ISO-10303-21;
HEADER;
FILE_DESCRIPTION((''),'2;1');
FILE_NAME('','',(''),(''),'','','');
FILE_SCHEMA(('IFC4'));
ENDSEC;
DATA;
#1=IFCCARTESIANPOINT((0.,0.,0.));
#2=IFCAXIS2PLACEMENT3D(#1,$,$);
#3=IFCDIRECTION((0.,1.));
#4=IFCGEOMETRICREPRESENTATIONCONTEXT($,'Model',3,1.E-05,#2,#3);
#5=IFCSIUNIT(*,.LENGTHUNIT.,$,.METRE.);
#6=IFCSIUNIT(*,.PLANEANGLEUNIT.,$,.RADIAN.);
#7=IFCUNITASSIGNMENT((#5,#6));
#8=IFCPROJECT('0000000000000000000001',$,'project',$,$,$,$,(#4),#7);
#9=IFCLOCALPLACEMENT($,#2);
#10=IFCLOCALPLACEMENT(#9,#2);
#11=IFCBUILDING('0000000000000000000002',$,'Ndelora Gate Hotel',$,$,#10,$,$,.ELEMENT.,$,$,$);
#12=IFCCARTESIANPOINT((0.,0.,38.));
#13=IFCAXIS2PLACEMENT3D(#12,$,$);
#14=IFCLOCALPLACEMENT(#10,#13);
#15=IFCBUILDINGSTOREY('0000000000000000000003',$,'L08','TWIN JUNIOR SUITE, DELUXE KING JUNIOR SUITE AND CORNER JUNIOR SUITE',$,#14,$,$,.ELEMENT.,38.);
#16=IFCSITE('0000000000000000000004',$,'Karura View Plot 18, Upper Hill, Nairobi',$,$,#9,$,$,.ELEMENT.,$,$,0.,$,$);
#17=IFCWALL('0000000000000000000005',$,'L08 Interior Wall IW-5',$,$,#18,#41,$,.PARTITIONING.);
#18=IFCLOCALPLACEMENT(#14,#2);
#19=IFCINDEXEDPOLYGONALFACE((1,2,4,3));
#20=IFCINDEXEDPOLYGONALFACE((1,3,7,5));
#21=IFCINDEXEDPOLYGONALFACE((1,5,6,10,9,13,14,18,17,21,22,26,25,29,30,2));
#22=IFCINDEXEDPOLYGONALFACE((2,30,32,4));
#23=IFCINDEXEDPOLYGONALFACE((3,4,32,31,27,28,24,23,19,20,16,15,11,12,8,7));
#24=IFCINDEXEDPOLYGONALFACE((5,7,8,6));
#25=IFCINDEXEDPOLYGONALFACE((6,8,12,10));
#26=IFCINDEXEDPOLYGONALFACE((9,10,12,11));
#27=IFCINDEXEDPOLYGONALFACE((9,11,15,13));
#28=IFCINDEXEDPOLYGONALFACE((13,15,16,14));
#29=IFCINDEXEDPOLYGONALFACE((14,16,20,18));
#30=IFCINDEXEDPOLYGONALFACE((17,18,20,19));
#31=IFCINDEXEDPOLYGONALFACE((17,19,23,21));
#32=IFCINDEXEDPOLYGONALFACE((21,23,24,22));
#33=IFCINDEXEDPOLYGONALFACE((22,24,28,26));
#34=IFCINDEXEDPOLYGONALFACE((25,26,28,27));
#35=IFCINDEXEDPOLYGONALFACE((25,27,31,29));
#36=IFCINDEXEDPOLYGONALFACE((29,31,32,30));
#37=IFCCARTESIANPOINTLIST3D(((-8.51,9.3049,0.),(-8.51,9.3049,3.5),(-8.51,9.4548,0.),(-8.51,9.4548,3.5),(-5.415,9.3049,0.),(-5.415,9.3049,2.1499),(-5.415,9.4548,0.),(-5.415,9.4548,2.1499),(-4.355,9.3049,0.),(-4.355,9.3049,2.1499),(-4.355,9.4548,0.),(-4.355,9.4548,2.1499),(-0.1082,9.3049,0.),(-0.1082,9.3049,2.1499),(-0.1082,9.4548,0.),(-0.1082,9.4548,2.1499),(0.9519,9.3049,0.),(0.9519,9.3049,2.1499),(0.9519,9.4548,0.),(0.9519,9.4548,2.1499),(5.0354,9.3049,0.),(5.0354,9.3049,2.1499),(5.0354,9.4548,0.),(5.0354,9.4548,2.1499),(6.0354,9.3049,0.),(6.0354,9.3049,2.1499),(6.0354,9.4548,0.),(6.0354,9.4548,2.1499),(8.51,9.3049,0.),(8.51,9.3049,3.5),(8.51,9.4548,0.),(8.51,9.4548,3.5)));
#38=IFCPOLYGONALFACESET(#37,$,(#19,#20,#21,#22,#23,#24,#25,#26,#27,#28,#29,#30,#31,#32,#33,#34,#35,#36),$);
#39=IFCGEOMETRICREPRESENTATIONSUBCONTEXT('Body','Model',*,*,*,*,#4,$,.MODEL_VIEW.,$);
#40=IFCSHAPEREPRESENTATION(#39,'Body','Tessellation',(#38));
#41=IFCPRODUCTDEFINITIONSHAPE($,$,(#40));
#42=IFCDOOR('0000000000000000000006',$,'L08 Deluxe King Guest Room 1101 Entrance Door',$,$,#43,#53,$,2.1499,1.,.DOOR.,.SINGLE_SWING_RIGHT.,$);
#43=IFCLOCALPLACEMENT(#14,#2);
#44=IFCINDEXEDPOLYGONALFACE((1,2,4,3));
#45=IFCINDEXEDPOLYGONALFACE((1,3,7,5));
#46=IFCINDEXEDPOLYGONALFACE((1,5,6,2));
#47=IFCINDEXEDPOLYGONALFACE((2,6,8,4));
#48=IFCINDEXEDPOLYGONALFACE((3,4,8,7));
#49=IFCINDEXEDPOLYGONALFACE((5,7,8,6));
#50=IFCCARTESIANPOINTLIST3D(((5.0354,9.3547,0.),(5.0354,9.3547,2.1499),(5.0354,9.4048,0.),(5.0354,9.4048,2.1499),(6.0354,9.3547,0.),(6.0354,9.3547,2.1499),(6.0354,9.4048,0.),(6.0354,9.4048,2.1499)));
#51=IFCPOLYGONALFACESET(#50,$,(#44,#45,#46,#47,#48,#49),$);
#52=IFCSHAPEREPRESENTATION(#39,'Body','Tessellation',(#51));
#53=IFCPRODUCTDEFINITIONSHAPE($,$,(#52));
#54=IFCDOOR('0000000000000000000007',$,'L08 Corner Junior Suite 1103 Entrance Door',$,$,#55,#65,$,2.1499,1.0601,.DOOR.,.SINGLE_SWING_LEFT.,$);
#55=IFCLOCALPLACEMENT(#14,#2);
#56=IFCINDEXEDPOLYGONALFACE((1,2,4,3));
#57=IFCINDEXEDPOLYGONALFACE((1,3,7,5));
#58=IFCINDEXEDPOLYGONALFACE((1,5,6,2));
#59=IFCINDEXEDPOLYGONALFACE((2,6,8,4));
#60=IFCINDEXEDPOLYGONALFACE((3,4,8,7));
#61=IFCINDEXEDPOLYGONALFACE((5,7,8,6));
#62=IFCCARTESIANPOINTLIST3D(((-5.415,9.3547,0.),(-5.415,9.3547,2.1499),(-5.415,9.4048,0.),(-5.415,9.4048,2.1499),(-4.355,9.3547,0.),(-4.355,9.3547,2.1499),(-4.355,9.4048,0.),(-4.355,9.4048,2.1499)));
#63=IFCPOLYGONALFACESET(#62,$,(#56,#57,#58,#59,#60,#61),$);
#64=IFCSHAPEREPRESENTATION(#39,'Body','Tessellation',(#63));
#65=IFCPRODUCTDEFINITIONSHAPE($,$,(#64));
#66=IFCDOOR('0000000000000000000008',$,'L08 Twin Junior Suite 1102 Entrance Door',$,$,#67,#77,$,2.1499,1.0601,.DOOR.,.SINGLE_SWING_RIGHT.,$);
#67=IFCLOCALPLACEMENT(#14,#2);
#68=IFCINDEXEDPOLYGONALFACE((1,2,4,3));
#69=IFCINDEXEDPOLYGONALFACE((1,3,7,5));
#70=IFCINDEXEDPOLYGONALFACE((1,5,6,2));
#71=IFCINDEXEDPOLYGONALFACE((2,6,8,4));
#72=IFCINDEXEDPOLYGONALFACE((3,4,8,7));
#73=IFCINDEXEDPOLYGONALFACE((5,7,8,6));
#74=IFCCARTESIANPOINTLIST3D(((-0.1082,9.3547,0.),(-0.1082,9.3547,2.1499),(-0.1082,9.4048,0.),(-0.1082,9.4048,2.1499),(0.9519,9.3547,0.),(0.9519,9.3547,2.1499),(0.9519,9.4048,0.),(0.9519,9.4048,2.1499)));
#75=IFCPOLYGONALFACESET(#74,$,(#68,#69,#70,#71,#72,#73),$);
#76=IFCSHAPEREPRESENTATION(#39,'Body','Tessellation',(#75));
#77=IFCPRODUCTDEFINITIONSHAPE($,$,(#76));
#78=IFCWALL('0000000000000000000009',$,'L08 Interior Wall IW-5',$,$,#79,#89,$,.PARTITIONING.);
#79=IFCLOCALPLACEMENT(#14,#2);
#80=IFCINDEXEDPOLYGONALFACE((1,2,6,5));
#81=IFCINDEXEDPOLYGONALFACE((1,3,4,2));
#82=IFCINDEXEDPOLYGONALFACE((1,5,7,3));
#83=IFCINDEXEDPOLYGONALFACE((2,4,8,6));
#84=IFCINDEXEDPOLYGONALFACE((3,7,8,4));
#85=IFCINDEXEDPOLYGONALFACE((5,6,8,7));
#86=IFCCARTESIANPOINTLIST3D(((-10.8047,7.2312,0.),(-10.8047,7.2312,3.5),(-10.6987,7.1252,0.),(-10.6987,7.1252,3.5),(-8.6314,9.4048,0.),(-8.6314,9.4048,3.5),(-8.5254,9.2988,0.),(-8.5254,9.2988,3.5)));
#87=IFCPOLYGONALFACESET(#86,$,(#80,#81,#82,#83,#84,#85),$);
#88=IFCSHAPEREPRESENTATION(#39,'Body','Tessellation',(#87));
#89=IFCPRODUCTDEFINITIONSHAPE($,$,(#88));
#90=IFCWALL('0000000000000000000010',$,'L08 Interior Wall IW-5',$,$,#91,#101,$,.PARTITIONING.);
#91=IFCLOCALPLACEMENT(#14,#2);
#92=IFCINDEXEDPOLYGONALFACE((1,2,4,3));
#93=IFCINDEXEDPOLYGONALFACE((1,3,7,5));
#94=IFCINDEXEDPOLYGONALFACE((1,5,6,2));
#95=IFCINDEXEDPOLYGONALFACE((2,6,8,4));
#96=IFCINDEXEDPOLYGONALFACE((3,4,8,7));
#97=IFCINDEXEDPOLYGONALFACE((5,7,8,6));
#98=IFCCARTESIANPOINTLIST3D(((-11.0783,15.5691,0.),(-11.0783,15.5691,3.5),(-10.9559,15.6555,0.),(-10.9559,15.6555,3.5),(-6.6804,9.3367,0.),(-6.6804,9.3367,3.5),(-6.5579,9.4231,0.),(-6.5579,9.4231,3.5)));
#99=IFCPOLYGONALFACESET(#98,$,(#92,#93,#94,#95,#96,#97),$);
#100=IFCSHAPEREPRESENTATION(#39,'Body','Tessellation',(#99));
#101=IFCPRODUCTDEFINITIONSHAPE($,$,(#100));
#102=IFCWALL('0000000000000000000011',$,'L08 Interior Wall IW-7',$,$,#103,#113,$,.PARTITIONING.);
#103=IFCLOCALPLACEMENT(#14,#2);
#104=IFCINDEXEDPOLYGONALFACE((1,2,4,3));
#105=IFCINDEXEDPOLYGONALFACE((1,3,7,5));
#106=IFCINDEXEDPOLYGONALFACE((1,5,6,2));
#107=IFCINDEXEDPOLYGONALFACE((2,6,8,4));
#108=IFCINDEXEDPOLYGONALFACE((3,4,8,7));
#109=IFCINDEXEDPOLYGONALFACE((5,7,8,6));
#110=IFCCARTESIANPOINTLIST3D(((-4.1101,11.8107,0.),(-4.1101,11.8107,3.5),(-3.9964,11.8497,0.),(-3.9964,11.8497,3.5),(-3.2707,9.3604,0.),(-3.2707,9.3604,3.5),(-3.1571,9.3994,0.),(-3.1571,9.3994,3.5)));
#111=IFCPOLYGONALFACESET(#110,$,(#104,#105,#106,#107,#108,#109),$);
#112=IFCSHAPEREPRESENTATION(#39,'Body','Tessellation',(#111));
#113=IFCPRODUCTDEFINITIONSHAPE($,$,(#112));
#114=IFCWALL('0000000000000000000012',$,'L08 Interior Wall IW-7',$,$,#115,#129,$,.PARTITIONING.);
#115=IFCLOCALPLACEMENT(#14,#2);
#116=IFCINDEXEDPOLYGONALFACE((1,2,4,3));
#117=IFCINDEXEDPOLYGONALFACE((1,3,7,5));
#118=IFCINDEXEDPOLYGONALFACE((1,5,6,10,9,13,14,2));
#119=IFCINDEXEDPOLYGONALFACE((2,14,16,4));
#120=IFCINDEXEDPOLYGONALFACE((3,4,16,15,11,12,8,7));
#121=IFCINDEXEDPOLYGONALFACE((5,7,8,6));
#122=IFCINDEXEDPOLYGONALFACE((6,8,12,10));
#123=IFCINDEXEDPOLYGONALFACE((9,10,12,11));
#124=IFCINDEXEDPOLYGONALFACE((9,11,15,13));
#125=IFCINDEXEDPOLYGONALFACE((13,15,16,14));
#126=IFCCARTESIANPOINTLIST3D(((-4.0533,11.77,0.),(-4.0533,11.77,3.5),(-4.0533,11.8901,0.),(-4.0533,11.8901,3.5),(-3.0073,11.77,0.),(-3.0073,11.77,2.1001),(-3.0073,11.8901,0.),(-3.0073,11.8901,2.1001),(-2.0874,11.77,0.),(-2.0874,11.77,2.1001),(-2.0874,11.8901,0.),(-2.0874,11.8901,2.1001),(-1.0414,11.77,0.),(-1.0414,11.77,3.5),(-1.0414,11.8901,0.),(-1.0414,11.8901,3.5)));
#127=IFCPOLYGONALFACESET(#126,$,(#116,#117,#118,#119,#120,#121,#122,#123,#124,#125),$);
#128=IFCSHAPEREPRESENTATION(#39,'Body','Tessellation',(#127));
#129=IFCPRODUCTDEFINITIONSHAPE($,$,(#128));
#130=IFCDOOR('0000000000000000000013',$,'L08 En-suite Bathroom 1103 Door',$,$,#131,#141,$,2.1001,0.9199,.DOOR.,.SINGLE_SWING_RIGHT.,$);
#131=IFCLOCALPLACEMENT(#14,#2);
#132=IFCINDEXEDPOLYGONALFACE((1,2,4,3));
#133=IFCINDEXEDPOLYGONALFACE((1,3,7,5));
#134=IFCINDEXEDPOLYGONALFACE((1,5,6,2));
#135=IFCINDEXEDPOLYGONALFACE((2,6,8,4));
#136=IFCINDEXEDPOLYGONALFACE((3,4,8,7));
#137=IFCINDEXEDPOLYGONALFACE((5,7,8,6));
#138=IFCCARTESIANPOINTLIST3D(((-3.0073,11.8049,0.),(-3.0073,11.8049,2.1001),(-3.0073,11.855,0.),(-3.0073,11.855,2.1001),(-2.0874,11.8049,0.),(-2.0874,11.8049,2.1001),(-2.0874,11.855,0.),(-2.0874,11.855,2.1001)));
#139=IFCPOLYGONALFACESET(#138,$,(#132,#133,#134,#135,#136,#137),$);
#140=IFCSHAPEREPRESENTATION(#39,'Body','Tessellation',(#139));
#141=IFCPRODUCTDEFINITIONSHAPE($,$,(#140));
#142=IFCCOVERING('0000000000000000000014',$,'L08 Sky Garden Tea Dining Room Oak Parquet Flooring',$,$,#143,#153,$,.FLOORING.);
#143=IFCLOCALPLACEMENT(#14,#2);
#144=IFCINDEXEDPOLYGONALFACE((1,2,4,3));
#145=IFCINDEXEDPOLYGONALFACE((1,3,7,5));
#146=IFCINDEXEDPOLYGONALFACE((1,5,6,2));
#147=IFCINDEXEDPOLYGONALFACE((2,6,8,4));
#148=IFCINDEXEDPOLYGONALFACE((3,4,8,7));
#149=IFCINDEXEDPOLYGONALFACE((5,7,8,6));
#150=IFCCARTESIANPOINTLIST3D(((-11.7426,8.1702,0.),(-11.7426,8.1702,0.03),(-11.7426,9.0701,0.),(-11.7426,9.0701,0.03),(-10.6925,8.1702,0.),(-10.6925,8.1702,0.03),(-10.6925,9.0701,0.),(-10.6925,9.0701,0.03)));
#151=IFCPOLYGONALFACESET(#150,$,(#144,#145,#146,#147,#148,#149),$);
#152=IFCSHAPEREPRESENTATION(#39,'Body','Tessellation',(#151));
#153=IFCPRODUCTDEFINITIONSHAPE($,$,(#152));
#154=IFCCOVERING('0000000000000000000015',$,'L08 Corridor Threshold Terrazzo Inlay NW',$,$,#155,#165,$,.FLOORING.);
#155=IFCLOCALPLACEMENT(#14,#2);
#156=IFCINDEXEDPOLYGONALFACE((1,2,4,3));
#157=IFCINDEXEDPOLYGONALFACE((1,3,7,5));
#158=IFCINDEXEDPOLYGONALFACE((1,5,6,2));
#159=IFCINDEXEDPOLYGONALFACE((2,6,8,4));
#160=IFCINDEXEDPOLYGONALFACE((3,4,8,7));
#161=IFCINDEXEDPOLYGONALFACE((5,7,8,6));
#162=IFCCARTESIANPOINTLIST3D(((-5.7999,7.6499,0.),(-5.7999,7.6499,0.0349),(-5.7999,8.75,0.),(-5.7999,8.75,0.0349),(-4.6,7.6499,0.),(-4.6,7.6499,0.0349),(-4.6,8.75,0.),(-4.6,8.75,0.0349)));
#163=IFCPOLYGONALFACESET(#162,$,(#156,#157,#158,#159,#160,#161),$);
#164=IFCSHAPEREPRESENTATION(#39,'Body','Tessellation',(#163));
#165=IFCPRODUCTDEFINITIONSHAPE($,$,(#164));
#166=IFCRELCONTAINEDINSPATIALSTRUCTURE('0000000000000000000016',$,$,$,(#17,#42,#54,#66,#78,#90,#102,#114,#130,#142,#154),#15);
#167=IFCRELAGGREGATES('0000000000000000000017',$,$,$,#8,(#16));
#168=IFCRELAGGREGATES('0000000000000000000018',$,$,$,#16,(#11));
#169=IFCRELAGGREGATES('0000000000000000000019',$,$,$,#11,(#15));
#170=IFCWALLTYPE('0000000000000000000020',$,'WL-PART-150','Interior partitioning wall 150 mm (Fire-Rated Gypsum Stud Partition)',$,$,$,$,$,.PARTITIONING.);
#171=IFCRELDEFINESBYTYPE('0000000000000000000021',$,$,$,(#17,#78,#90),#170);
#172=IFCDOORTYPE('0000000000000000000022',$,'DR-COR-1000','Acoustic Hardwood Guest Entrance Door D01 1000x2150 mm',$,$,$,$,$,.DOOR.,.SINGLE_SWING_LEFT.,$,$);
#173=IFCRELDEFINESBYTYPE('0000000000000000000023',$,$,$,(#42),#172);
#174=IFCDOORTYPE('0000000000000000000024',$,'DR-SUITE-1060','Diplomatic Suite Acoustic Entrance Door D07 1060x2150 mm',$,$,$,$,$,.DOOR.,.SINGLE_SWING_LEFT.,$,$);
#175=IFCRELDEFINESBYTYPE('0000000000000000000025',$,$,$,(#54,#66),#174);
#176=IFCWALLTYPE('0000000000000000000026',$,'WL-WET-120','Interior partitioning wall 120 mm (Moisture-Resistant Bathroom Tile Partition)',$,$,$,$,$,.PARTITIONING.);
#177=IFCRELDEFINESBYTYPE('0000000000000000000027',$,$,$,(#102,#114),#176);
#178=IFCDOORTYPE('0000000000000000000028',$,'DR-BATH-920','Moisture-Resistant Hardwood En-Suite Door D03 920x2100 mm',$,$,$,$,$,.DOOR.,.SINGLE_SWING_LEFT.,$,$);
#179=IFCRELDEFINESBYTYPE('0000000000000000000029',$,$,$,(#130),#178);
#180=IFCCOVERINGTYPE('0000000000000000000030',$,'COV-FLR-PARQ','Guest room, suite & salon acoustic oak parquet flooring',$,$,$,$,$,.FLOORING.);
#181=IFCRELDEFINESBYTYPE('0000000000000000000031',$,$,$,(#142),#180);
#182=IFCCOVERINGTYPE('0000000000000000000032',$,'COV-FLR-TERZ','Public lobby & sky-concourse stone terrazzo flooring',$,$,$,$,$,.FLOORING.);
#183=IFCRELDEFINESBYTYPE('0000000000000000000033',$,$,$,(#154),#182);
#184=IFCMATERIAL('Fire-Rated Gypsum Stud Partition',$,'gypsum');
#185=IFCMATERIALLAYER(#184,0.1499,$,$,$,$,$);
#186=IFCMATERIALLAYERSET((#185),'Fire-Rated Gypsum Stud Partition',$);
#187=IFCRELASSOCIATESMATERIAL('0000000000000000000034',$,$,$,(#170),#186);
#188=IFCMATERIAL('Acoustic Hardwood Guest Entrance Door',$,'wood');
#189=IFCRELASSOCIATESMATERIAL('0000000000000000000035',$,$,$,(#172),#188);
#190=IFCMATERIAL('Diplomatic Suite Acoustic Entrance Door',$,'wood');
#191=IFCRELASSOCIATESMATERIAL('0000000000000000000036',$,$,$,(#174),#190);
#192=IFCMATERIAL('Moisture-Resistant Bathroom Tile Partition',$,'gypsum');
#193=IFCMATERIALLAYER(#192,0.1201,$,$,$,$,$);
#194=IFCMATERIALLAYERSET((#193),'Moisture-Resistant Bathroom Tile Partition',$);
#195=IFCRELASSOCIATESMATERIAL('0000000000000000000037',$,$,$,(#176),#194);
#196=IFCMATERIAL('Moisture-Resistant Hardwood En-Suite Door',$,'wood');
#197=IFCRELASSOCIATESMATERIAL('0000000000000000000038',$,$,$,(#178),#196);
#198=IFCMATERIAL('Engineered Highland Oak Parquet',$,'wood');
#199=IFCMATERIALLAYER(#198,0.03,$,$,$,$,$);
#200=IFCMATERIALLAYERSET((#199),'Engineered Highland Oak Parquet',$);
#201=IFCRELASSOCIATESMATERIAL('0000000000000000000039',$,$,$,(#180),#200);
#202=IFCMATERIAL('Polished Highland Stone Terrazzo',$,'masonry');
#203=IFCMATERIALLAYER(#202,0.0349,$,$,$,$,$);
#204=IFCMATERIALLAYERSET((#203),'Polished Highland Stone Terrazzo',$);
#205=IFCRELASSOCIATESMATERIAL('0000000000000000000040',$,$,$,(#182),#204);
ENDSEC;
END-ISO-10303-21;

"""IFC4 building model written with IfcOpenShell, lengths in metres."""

from ifc_helpers import new_model, si_unit, direction, frame, frame_2d, origin, origin_2d, place, context, subcontext, project, spatial, rectangle, extrude, material, layer, layer_set, type_object, element, fill, save


model = new_model("IFC4")

# Units and contexts
model_context = context("Model", 3, precision=1e-05, world=origin(), true_north=direction((0.0, 1.0)))
body_context = subcontext(model_context, "Body", "Model", "MODEL_VIEW")
ifc_project = project(units=[si_unit("LENGTHUNIT", "METRE"), si_unit("PLANEANGLEUNIT", "RADIAN")], contexts=[model_context])

# Site, building, storey
site_placement = place(None, origin())
site = spatial("IfcSite", under=ifc_project, at=site_placement, Name="Karura View Plot 18, Upper Hill, Nairobi", CompositionType="ELEMENT", RefElevation=0.0)
building_placement = place(site_placement, origin())
building = spatial("IfcBuilding", under=site, at=building_placement, Name="Ndelora Gate Hotel", CompositionType="ELEMENT")
storey_placement = place(building_placement, frame((0.0, 0.0, 38.0)))
storey = spatial("IfcBuildingStorey", under=building, at=storey_placement, Name="L08", Description="TWIN JUNIOR SUITE, DELUXE KING JUNIOR SUITE AND CORNER JUNIOR SUITE", CompositionType="ELEMENT", Elevation=38.0)

# Wall, openings, doors
ifc_material_1 = material(Name="Fire-Rated Gypsum Stud Partition", Category="gypsum")
ifc_layer_1 = layer(ifc_material_1, 0.1499)
ifc_layer_set_1 = layer_set([ifc_layer_1], Name="Fire-Rated Gypsum Stud Partition")
wall_type_1 = type_object("IfcWallType", Name="WL-PART-150", Description="Interior partitioning wall 150 mm (Fire-Rated Gypsum Stud Partition)", PredefinedType="PARTITIONING", material=ifc_layer_set_1)
wall_1_placement = place(storey_placement, frame((-8.51, 9.3799, 0.0), z_axis=(0.0, 0.0, 1.0), x_axis=(1.0, 0.0, 0.0)))
wall_1 = element("IfcWall", 1, at=wall_1_placement, inside=storey, type_object=wall_type_1, Name="L08 Interior Wall IW-5", PredefinedType="PARTITIONING", context=body_context, shape_type="SweptSolid", body=[
    extrude(rectangle(XDim=17.02, YDim=0.1499, at=frame_2d((8.51, 0.0))), origin(), (0.0, 0.0, 1.0), 3.5),
])
opening_1_placement = place(wall_1_placement, frame((13.5454, 0.0, 0.0)))
opening_1 = element("IfcOpeningElement", 2, at=opening_1_placement, cuts=wall_1, PredefinedType="OPENING", context=body_context, shape_type="SweptSolid", body=[
    extrude(rectangle(XDim=1.0, YDim=2.1499, at=frame_2d((0.5, 1.075))), frame((0.0, 0.085, 0.0), z_axis=(0.0, -1.0, 0.0), x_axis=(1.0, 0.0, 0.0)), (0.0, 0.0, 1.0), 0.1699),
])
opening_2_placement = place(wall_1_placement, frame((3.095, 0.0, 0.0)))
opening_2 = element("IfcOpeningElement", 3, at=opening_2_placement, cuts=wall_1, PredefinedType="OPENING", context=body_context, shape_type="SweptSolid", body=[
    extrude(rectangle(XDim=1.0601, YDim=2.1499, at=frame_2d((0.53, 1.075))), frame((0.0, 0.085, 0.0), z_axis=(0.0, -1.0, 0.0), x_axis=(1.0, 0.0, 0.0)), (0.0, 0.0, 1.0), 0.1699),
])
opening_3_placement = place(wall_1_placement, frame((8.4019, 0.0, 0.0)))
opening_3 = element("IfcOpeningElement", 4, at=opening_3_placement, cuts=wall_1, PredefinedType="OPENING", context=body_context, shape_type="SweptSolid", body=[
    extrude(rectangle(XDim=1.0601, YDim=2.1499, at=frame_2d((0.53, 1.075))), frame((0.0, 0.085, 0.0), z_axis=(0.0, -1.0, 0.0), x_axis=(1.0, 0.0, 0.0)), (0.0, 0.0, 1.0), 0.1699),
])
ifc_material_2 = material(Name="Acoustic Hardwood Guest Entrance Door", Category="wood")
door_type_1 = type_object("IfcDoorType", Name="DR-COR-1000", Description="Acoustic Hardwood Guest Entrance Door D01 1000x2150 mm", OperationType="SINGLE_SWING_LEFT", PredefinedType="DOOR", material=ifc_material_2)
door_1_placement = place(opening_1_placement, origin())
door_1 = element("IfcDoor", 5, at=door_1_placement, inside=storey, type_object=door_type_1, Name="L08 Deluxe King Guest Room 1101 Entrance Door", OperationType="SINGLE_SWING_RIGHT", OverallHeight=2.1499, OverallWidth=1.0, PredefinedType="DOOR", context=body_context, shape_type="SweptSolid", body=[
    extrude(rectangle(XDim=1.0, YDim=2.1499, at=frame_2d((0.5, 1.075))), frame((0.0, 0.0249, 0.0), z_axis=(0.0, -1.0, 0.0), x_axis=(1.0, 0.0, 0.0)), (0.0, 0.0, 1.0), 0.05),
])
fill(opening_1, door_1)
ifc_material_3 = material(Name="Diplomatic Suite Acoustic Entrance Door", Category="wood")
door_type_2 = type_object("IfcDoorType", Name="DR-SUITE-1060", Description="Diplomatic Suite Acoustic Entrance Door D07 1060x2150 mm", OperationType="SINGLE_SWING_LEFT", PredefinedType="DOOR", material=ifc_material_3)
door_2_placement = place(opening_2_placement, origin())
door_2 = element("IfcDoor", 6, at=door_2_placement, inside=storey, type_object=door_type_2, Name="L08 Corner Junior Suite 1103 Entrance Door", OperationType="SINGLE_SWING_LEFT", OverallHeight=2.1499, OverallWidth=1.0601, PredefinedType="DOOR", context=body_context, shape_type="SweptSolid", body=[
    extrude(rectangle(XDim=1.0601, YDim=2.1499, at=frame_2d((0.53, 1.075))), frame((0.0, 0.0249, 0.0), z_axis=(0.0, -1.0, 0.0), x_axis=(1.0, 0.0, 0.0)), (0.0, 0.0, 1.0), 0.05),
])
fill(opening_2, door_2)
door_3_placement = place(opening_3_placement, origin())
door_3 = element("IfcDoor", 7, at=door_3_placement, inside=storey, type_object=door_type_2, Name="L08 Twin Junior Suite 1102 Entrance Door", OperationType="SINGLE_SWING_RIGHT", OverallHeight=2.1499, OverallWidth=1.0601, PredefinedType="DOOR", context=body_context, shape_type="SweptSolid", body=[
    extrude(rectangle(XDim=1.0601, YDim=2.1499, at=frame_2d((0.53, 1.075))), frame((0.0, 0.0249, 0.0), z_axis=(0.0, -1.0, 0.0), x_axis=(1.0, 0.0, 0.0)), (0.0, 0.0, 1.0), 0.05),
])
fill(opening_3, door_3)

# Walls
wall_2_placement = place(storey_placement, frame((-10.7517, 7.1782, 0.0), z_axis=(0.0, 0.0, 1.0), x_axis=(0.707067, 0.707146, 0.0)))
element("IfcWall", 8, at=wall_2_placement, inside=storey, type_object=wall_type_1, Name="L08 Interior Wall IW-5", PredefinedType="PARTITIONING", context=body_context, shape_type="SweptSolid", body=[
    extrude(rectangle(XDim=3.0737, YDim=0.1499, at=frame_2d((1.5369, 0.0))), origin(), (0.0, 0.0, 1.0), 3.5),
])
wall_3_placement = place(storey_placement, frame((-6.6191, 9.3799, 0.0), z_axis=(0.0, 0.0, 1.0), x_axis=(-0.57656, 0.817055, 0.0)))
element("IfcWall", 9, at=wall_3_placement, inside=storey, type_object=wall_type_1, Name="L08 Interior Wall IW-5", PredefinedType="PARTITIONING", context=body_context, shape_type="SweptSolid", body=[
    extrude(rectangle(XDim=7.6279, YDim=0.1499, at=frame_2d((3.814, 0.0))), origin(), (0.0, 0.0, 1.0), 3.5),
])
ifc_material_4 = material(Name="Moisture-Resistant Bathroom Tile Partition", Category="gypsum")
ifc_layer_2 = layer(ifc_material_4, 0.1201)
ifc_layer_set_2 = layer_set([ifc_layer_2], Name="Moisture-Resistant Bathroom Tile Partition")
wall_type_2 = type_object("IfcWallType", Name="WL-WET-120", Description="Interior partitioning wall 120 mm (Moisture-Resistant Bathroom Tile Partition)", PredefinedType="PARTITIONING", material=ifc_layer_set_2)
wall_4_placement = place(storey_placement, frame((-4.0532, 11.8301, 0.0), z_axis=(0.0, 0.0, 1.0), x_axis=(0.324078, -0.94603, 0.0)))
element("IfcWall", 10, at=wall_4_placement, inside=storey, type_object=wall_type_2, Name="L08 Interior Wall IW-7", PredefinedType="PARTITIONING", context=body_context, shape_type="SweptSolid", body=[
    extrude(rectangle(XDim=2.5901, YDim=0.1201, at=frame_2d((1.2949, 0.0))), origin(), (0.0, 0.0, 1.0), 3.5),
])

# Wall, opening, door
wall_5_placement = place(storey_placement, frame((-4.0532, 11.8301, 0.0), z_axis=(0.0, 0.0, 1.0), x_axis=(1.0, 0.0, 0.0)))
wall_5 = element("IfcWall", 11, at=wall_5_placement, inside=storey, type_object=wall_type_2, Name="L08 Interior Wall IW-7", PredefinedType="PARTITIONING", context=body_context, shape_type="SweptSolid", body=[
    extrude(rectangle(XDim=3.012, YDim=0.1201, at=frame_2d((1.5059, 0.0))), origin(), (0.0, 0.0, 1.0), 3.5),
])
opening_4_placement = place(wall_5_placement, frame((1.0459, 0.0, 0.0)))
opening_4 = element("IfcOpeningElement", 12, at=opening_4_placement, cuts=wall_5, PredefinedType="OPENING", context=body_context, shape_type="SweptSolid", body=[
    extrude(rectangle(XDim=0.9199, YDim=2.1001, at=frame_2d((0.46, 1.05))), frame((0.0, 0.0701, 0.0), z_axis=(0.0, -1.0, 0.0), x_axis=(1.0, 0.0, 0.0)), (0.0, 0.0, 1.0), 0.1401),
])
ifc_material_5 = material(Name="Moisture-Resistant Hardwood En-Suite Door", Category="wood")
door_type_3 = type_object("IfcDoorType", Name="DR-BATH-920", Description="Moisture-Resistant Hardwood En-Suite Door D03 920x2100 mm", OperationType="SINGLE_SWING_LEFT", PredefinedType="DOOR", material=ifc_material_5)
door_4_placement = place(opening_4_placement, origin())
door_4 = element("IfcDoor", 13, at=door_4_placement, inside=storey, type_object=door_type_3, Name="L08 En-suite Bathroom 1103 Door", OperationType="SINGLE_SWING_RIGHT", OverallHeight=2.1001, OverallWidth=0.9199, PredefinedType="DOOR", context=body_context, shape_type="SweptSolid", body=[
    extrude(rectangle(XDim=0.9199, YDim=2.1001, at=frame_2d((0.46, 1.05))), frame((0.0, 0.0249, 0.0), z_axis=(0.0, -1.0, 0.0), x_axis=(1.0, 0.0, 0.0)), (0.0, 0.0, 1.0), 0.05),
])
fill(opening_4, door_4)

# Coverings
ifc_material_6 = material(Name="Engineered Highland Oak Parquet", Category="wood")
ifc_layer_3 = layer(ifc_material_6, 0.03)
ifc_layer_set_3 = layer_set([ifc_layer_3], Name="Engineered Highland Oak Parquet")
covering_type_1 = type_object("IfcCoveringType", Name="COV-FLR-PARQ", Description="Guest room, suite & salon acoustic oak parquet flooring", PredefinedType="FLOORING", material=ifc_layer_set_3)
covering_1_placement = place(storey_placement, frame((-11.2175, 8.6201, 0.0), z_axis=(0.0, 0.0, 1.0), x_axis=(1.0, 0.0, 0.0)))
element("IfcCovering", 14, at=covering_1_placement, inside=storey, type_object=covering_type_1, Name="L08 Sky Garden Tea Dining Room Oak Parquet Flooring", PredefinedType="FLOORING", context=body_context, shape_type="SweptSolid", body=[
    extrude(rectangle(XDim=1.05, YDim=0.8999, at=origin_2d()), origin(), (0.0, 0.0, 1.0), 0.03),
])
ifc_material_7 = material(Name="Polished Highland Stone Terrazzo", Category="masonry")
ifc_layer_4 = layer(ifc_material_7, 0.0349)
ifc_layer_set_4 = layer_set([ifc_layer_4], Name="Polished Highland Stone Terrazzo")
covering_type_2 = type_object("IfcCoveringType", Name="COV-FLR-TERZ", Description="Public lobby & sky-concourse stone terrazzo flooring", PredefinedType="FLOORING", material=ifc_layer_set_4)
covering_2_placement = place(storey_placement, frame((-5.2, 8.2, 0.0), z_axis=(0.0, 0.0, 1.0), x_axis=(1.0, 0.0, 0.0)))
element("IfcCovering", 15, at=covering_2_placement, inside=storey, type_object=covering_type_2, Name="L08 Corridor Threshold Terrazzo Inlay NW", PredefinedType="FLOORING", context=body_context, shape_type="SweptSolid", body=[
    extrude(rectangle(XDim=1.2, YDim=1.1001, at=origin_2d()), origin(), (0.0, 0.0, 1.0), 0.0349),
])

save(model, "model.ifc")
